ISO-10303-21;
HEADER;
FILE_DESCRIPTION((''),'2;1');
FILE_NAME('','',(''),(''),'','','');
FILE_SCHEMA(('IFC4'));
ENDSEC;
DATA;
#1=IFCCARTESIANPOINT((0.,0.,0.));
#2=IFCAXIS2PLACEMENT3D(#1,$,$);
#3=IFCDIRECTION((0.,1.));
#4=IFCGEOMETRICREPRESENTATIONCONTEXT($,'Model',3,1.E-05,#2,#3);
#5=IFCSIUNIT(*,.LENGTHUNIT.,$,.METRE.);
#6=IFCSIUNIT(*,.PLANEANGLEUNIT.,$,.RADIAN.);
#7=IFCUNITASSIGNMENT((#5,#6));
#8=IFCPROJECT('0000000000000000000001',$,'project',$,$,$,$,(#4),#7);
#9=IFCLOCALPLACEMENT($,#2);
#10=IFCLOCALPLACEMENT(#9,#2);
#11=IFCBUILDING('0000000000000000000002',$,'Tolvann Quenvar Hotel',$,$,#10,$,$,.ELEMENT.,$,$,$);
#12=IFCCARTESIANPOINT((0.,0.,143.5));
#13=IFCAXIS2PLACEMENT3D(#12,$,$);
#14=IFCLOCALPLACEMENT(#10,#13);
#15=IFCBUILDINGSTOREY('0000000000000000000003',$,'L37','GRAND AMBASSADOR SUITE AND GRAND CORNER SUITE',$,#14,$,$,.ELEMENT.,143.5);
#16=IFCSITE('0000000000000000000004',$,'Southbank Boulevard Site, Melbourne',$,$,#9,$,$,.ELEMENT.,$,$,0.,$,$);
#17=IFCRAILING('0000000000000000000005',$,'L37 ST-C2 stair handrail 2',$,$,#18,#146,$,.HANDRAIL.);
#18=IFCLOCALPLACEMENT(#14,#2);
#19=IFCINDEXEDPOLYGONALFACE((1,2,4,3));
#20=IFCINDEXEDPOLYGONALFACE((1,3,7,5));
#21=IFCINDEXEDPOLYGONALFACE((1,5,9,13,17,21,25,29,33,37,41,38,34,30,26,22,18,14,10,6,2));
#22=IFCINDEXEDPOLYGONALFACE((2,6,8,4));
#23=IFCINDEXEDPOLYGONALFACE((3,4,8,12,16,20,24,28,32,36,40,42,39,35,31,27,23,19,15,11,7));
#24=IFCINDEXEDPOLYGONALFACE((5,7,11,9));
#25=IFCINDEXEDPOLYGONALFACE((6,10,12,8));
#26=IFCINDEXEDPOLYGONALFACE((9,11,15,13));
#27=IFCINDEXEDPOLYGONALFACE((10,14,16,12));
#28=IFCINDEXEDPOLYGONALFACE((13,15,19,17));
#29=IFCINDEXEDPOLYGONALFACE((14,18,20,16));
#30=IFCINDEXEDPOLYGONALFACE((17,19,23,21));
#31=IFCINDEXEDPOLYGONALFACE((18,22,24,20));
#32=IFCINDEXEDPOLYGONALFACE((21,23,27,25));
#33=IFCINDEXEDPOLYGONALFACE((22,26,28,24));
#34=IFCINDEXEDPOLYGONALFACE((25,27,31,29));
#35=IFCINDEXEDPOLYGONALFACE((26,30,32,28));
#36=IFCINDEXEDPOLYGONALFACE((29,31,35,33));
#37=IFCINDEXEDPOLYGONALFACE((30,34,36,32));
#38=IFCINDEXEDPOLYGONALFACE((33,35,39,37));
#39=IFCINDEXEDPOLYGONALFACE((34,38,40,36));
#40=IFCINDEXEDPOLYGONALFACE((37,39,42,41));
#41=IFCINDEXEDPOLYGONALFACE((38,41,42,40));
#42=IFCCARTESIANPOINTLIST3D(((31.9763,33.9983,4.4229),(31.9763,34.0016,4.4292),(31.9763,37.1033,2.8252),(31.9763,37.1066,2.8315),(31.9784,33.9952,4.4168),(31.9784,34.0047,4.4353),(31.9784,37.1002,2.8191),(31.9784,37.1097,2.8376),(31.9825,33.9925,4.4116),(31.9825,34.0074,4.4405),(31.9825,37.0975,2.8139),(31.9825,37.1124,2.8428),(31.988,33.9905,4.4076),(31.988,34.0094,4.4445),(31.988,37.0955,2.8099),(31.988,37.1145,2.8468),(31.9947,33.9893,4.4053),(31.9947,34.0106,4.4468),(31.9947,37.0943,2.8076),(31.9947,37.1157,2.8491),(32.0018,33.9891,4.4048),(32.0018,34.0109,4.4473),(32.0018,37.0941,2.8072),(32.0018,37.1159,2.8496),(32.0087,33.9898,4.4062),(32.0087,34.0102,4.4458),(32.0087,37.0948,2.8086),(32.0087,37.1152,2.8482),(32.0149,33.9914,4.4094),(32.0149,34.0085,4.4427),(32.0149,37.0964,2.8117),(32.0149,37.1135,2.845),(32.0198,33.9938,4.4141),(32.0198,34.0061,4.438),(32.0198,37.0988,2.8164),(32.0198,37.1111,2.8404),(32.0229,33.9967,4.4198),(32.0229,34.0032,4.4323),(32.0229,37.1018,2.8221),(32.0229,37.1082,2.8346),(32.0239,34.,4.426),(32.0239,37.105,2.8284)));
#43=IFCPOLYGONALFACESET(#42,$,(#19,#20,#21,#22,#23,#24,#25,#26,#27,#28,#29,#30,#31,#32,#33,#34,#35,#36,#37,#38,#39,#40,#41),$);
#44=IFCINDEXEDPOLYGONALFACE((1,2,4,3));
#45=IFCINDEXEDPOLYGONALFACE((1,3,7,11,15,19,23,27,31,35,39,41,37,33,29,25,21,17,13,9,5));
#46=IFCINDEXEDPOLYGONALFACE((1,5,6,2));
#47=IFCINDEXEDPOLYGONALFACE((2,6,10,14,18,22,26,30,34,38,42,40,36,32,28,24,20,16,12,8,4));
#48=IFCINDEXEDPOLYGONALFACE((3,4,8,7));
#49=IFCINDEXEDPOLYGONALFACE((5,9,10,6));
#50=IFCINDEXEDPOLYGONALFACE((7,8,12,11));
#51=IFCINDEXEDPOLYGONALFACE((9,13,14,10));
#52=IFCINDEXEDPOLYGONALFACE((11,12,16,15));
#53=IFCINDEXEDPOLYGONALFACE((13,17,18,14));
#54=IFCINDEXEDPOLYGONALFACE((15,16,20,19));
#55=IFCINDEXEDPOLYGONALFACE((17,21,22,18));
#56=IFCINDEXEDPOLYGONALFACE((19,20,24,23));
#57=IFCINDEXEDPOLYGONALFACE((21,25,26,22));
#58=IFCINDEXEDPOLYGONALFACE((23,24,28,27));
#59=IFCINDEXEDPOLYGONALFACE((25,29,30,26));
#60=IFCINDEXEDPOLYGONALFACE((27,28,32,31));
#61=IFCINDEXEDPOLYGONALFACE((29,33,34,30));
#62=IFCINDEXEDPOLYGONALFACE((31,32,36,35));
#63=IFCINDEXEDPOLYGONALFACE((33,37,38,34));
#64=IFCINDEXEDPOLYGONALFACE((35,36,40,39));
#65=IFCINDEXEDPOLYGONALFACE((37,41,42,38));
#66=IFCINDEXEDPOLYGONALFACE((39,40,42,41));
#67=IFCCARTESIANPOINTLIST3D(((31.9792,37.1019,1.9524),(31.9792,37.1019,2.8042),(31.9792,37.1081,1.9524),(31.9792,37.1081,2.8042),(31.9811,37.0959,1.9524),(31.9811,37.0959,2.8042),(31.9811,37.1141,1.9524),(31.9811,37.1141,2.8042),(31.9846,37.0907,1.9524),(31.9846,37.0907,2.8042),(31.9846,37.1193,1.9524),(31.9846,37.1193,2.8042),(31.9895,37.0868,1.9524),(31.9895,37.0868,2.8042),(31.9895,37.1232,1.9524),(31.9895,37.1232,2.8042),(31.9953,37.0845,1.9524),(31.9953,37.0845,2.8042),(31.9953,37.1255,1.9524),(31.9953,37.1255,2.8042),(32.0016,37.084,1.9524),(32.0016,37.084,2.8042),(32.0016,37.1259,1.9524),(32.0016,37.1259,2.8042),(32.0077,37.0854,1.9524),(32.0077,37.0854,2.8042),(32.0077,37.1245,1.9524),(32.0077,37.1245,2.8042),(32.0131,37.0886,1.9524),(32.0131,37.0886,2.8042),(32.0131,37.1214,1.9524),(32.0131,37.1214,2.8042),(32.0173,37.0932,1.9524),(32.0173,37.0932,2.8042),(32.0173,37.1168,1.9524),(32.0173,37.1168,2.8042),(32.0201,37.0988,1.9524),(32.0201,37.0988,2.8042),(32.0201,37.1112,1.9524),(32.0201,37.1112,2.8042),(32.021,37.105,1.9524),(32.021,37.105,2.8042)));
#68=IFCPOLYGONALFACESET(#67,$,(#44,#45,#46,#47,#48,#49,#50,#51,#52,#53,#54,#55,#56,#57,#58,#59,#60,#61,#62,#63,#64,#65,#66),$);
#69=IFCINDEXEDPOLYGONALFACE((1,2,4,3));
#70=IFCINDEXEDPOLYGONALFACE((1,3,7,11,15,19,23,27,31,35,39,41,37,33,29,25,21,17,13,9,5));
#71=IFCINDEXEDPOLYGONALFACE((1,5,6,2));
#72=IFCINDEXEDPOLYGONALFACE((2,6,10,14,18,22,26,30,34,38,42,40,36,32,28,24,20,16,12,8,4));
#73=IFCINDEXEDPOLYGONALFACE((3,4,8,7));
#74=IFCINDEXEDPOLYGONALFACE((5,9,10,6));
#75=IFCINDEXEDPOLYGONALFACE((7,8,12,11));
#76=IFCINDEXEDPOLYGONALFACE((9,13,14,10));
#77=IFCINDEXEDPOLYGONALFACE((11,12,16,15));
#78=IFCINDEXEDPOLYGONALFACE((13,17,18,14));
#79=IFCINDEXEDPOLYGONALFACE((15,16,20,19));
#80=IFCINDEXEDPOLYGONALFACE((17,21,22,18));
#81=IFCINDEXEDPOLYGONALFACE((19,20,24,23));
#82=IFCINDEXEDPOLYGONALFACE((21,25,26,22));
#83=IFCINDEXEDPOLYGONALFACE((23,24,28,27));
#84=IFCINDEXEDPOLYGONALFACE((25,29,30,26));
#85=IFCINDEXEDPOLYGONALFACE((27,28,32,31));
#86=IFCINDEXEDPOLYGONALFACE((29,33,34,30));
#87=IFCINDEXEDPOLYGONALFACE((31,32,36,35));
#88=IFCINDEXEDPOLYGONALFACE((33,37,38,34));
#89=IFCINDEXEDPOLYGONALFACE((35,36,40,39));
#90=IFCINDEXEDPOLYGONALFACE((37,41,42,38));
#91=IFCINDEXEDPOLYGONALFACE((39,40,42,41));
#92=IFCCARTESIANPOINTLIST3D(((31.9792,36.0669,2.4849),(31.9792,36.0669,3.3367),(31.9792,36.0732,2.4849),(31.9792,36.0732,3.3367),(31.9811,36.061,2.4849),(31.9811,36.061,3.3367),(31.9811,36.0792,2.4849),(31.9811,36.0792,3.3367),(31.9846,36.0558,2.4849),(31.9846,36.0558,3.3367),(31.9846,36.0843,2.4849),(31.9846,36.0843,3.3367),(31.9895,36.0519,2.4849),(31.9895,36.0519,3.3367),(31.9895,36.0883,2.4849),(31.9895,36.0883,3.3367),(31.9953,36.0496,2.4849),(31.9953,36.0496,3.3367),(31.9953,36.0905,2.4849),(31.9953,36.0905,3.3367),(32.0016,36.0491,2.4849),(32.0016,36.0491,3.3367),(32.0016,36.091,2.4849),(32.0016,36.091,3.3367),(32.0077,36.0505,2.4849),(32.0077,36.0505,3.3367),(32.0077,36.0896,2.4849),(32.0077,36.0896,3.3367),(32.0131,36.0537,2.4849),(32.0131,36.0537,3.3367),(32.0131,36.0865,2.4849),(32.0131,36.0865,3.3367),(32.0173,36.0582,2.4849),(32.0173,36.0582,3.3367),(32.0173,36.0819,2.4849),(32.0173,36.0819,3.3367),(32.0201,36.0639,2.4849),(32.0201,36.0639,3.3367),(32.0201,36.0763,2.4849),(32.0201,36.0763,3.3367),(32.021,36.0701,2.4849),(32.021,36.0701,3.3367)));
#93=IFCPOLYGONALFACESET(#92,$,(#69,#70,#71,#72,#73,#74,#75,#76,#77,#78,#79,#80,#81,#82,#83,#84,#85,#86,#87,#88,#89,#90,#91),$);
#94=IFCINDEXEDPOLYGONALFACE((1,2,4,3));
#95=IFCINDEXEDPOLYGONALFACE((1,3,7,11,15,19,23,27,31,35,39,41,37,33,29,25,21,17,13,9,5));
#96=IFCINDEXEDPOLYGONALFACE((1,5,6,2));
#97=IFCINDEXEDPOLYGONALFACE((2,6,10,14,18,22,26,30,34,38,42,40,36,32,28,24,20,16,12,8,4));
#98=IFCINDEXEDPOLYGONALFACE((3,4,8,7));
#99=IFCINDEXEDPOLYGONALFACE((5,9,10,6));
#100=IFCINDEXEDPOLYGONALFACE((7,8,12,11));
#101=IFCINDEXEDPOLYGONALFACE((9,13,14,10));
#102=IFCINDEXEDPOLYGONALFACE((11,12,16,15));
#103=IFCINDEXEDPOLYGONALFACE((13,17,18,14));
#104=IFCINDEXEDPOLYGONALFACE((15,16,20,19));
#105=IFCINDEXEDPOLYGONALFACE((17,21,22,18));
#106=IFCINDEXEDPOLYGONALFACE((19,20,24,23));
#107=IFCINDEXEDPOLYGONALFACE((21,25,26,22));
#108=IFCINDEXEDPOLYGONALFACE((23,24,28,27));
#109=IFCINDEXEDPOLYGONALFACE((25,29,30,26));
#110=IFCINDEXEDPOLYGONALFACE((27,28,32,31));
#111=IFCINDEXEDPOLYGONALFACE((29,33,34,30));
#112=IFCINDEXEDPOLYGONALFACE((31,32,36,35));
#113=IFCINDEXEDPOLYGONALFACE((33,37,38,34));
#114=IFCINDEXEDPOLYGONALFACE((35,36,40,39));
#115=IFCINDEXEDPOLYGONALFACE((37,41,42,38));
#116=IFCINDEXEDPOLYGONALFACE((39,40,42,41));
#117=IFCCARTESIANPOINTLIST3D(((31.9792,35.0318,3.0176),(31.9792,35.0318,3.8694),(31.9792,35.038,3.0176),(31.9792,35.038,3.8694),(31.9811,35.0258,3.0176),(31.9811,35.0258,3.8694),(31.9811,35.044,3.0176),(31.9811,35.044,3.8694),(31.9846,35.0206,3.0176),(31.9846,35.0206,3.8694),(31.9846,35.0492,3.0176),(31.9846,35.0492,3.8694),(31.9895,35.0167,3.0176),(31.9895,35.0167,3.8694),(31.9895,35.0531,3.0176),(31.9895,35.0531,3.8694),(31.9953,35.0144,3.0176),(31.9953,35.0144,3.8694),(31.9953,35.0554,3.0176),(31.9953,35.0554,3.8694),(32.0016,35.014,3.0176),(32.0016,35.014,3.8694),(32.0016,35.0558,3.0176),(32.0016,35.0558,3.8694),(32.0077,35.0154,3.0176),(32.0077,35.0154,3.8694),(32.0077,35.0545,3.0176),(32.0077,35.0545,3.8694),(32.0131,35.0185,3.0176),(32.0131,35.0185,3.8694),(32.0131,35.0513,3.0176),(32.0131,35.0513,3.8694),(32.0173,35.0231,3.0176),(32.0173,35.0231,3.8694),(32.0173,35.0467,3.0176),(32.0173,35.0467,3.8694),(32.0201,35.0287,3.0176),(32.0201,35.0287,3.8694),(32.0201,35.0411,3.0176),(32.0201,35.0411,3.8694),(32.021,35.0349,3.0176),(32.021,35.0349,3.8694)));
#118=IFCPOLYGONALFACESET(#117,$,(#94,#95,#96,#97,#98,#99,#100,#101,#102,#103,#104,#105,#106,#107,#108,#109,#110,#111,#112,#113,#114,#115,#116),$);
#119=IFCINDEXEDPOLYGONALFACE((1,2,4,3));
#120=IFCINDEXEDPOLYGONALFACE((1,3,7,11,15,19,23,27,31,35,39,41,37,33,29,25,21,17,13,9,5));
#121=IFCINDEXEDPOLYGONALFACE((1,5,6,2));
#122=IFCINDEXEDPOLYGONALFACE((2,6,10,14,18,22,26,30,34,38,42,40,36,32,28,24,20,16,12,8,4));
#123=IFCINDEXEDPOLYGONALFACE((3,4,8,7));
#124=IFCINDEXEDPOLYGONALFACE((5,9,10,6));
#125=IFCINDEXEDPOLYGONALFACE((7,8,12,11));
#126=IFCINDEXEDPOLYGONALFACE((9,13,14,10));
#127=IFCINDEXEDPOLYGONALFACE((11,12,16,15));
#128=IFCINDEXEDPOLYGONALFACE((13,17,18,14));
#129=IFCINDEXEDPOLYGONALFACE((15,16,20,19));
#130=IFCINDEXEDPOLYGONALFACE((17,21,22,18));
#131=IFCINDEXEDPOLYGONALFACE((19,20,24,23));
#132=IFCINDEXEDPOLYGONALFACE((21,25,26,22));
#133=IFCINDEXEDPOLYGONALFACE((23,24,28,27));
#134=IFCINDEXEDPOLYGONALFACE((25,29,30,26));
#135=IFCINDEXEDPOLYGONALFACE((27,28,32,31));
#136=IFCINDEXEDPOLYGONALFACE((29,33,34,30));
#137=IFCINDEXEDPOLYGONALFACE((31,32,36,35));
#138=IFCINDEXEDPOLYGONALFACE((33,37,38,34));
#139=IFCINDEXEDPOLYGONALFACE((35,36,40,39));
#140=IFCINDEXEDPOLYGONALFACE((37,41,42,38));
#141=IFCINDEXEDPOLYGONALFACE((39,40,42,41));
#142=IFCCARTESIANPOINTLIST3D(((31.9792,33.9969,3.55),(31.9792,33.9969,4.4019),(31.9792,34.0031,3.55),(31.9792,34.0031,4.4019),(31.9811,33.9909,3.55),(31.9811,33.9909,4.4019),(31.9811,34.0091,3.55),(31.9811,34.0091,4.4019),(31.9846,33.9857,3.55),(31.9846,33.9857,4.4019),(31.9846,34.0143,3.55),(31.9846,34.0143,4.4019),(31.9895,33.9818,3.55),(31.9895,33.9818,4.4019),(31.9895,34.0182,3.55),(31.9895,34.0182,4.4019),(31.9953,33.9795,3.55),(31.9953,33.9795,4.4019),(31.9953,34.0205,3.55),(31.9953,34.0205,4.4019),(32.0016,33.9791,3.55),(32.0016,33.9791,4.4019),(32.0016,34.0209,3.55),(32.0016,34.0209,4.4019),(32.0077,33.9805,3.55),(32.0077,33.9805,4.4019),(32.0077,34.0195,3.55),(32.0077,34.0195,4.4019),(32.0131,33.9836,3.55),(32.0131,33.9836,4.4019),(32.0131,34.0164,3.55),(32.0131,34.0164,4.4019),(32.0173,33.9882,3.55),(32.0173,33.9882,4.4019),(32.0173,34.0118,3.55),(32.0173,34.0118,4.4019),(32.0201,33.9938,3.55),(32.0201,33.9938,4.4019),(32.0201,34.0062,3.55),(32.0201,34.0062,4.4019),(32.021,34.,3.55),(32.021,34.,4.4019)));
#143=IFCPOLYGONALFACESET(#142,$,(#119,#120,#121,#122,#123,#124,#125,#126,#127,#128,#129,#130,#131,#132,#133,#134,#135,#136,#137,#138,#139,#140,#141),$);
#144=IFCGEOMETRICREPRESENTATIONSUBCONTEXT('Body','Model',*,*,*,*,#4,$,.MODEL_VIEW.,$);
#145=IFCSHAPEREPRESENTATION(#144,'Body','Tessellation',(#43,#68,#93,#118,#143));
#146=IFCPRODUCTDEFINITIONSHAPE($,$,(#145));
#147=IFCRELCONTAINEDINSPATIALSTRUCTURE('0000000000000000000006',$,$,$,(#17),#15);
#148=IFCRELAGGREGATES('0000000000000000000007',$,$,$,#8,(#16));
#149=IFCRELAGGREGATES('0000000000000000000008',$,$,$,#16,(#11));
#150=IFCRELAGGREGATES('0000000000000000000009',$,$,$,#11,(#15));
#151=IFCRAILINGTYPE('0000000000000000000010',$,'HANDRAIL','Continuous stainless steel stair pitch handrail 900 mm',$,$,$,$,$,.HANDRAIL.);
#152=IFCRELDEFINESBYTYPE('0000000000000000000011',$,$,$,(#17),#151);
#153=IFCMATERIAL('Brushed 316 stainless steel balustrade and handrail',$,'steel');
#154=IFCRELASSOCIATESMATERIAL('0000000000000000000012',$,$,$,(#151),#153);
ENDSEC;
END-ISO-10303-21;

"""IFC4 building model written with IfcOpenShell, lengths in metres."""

from ifc_helpers import new_model, si_unit, direction, frame, origin, origin_2d, place, context, subcontext, project, spatial, circle, extrude, material, type_object, element, save


model = new_model("IFC4")

# Units and contexts
model_context = context("Model", 3, precision=1e-05, world=origin(), true_north=direction((0.0, 1.0)))
body_context = subcontext(model_context, "Body", "Model", "MODEL_VIEW")
ifc_project = project(units=[si_unit("LENGTHUNIT", "METRE"), si_unit("PLANEANGLEUNIT", "RADIAN")], contexts=[model_context])

# Site, building, storey
site_placement = place(None, origin())
site = spatial("IfcSite", under=ifc_project, at=site_placement, Name="Southbank Boulevard Site, Melbourne", CompositionType="ELEMENT", RefElevation=0.0)
building_placement = place(site_placement, origin())
building = spatial("IfcBuilding", under=site, at=building_placement, Name="Tolvann Quenvar Hotel", CompositionType="ELEMENT")
storey_placement = place(building_placement, frame((0.0, 0.0, 143.5)))
storey = spatial("IfcBuildingStorey", under=building, at=storey_placement, Name="L37", Description="GRAND AMBASSADOR SUITE AND GRAND CORNER SUITE", CompositionType="ELEMENT", Elevation=143.5)

# Railing
ifc_material_1 = material(Name="Brushed 316 stainless steel balustrade and handrail", Category="steel")
railing_type_1 = type_object("IfcRailingType", Name="HANDRAIL", Description="Continuous stainless steel stair pitch handrail 900 mm", PredefinedType="HANDRAIL", material=ifc_material_1)
railing_1_placement = place(storey_placement, frame((32.0, 37.105, 1.9524)))
element("IfcRailing", 1, at=railing_1_placement, inside=storey, type_object=railing_type_1, Name="L37 ST-C2 stair handrail 2", PredefinedType="HANDRAIL", context=body_context, shape_type="SweptSolid", body=[
    extrude(circle(Radius=0.0239, at=origin_2d()), frame((0.0, 0.0, 0.876), z_axis=(0.0, -0.889194, 0.457531), x_axis=(1.0, 0.0, 0.0)), (0.0, 0.0, 1.0), 3.4919),
    extrude(circle(Radius=0.021, at=origin_2d()), origin(), (0.0, 0.0, 1.0), 0.8518),
    extrude(circle(Radius=0.021, at=origin_2d()), frame((0.0, -1.0349, 0.5325)), (0.0, 0.0, 1.0), 0.8518),
    extrude(circle(Radius=0.021, at=origin_2d()), frame((0.0, -2.0701, 1.0652)), (0.0, 0.0, 1.0), 0.8518),
    extrude(circle(Radius=0.021, at=origin_2d()), frame((0.0, -3.105, 1.5977)), (0.0, 0.0, 1.0), 0.8518),
])

save(model, "model.ifc")
